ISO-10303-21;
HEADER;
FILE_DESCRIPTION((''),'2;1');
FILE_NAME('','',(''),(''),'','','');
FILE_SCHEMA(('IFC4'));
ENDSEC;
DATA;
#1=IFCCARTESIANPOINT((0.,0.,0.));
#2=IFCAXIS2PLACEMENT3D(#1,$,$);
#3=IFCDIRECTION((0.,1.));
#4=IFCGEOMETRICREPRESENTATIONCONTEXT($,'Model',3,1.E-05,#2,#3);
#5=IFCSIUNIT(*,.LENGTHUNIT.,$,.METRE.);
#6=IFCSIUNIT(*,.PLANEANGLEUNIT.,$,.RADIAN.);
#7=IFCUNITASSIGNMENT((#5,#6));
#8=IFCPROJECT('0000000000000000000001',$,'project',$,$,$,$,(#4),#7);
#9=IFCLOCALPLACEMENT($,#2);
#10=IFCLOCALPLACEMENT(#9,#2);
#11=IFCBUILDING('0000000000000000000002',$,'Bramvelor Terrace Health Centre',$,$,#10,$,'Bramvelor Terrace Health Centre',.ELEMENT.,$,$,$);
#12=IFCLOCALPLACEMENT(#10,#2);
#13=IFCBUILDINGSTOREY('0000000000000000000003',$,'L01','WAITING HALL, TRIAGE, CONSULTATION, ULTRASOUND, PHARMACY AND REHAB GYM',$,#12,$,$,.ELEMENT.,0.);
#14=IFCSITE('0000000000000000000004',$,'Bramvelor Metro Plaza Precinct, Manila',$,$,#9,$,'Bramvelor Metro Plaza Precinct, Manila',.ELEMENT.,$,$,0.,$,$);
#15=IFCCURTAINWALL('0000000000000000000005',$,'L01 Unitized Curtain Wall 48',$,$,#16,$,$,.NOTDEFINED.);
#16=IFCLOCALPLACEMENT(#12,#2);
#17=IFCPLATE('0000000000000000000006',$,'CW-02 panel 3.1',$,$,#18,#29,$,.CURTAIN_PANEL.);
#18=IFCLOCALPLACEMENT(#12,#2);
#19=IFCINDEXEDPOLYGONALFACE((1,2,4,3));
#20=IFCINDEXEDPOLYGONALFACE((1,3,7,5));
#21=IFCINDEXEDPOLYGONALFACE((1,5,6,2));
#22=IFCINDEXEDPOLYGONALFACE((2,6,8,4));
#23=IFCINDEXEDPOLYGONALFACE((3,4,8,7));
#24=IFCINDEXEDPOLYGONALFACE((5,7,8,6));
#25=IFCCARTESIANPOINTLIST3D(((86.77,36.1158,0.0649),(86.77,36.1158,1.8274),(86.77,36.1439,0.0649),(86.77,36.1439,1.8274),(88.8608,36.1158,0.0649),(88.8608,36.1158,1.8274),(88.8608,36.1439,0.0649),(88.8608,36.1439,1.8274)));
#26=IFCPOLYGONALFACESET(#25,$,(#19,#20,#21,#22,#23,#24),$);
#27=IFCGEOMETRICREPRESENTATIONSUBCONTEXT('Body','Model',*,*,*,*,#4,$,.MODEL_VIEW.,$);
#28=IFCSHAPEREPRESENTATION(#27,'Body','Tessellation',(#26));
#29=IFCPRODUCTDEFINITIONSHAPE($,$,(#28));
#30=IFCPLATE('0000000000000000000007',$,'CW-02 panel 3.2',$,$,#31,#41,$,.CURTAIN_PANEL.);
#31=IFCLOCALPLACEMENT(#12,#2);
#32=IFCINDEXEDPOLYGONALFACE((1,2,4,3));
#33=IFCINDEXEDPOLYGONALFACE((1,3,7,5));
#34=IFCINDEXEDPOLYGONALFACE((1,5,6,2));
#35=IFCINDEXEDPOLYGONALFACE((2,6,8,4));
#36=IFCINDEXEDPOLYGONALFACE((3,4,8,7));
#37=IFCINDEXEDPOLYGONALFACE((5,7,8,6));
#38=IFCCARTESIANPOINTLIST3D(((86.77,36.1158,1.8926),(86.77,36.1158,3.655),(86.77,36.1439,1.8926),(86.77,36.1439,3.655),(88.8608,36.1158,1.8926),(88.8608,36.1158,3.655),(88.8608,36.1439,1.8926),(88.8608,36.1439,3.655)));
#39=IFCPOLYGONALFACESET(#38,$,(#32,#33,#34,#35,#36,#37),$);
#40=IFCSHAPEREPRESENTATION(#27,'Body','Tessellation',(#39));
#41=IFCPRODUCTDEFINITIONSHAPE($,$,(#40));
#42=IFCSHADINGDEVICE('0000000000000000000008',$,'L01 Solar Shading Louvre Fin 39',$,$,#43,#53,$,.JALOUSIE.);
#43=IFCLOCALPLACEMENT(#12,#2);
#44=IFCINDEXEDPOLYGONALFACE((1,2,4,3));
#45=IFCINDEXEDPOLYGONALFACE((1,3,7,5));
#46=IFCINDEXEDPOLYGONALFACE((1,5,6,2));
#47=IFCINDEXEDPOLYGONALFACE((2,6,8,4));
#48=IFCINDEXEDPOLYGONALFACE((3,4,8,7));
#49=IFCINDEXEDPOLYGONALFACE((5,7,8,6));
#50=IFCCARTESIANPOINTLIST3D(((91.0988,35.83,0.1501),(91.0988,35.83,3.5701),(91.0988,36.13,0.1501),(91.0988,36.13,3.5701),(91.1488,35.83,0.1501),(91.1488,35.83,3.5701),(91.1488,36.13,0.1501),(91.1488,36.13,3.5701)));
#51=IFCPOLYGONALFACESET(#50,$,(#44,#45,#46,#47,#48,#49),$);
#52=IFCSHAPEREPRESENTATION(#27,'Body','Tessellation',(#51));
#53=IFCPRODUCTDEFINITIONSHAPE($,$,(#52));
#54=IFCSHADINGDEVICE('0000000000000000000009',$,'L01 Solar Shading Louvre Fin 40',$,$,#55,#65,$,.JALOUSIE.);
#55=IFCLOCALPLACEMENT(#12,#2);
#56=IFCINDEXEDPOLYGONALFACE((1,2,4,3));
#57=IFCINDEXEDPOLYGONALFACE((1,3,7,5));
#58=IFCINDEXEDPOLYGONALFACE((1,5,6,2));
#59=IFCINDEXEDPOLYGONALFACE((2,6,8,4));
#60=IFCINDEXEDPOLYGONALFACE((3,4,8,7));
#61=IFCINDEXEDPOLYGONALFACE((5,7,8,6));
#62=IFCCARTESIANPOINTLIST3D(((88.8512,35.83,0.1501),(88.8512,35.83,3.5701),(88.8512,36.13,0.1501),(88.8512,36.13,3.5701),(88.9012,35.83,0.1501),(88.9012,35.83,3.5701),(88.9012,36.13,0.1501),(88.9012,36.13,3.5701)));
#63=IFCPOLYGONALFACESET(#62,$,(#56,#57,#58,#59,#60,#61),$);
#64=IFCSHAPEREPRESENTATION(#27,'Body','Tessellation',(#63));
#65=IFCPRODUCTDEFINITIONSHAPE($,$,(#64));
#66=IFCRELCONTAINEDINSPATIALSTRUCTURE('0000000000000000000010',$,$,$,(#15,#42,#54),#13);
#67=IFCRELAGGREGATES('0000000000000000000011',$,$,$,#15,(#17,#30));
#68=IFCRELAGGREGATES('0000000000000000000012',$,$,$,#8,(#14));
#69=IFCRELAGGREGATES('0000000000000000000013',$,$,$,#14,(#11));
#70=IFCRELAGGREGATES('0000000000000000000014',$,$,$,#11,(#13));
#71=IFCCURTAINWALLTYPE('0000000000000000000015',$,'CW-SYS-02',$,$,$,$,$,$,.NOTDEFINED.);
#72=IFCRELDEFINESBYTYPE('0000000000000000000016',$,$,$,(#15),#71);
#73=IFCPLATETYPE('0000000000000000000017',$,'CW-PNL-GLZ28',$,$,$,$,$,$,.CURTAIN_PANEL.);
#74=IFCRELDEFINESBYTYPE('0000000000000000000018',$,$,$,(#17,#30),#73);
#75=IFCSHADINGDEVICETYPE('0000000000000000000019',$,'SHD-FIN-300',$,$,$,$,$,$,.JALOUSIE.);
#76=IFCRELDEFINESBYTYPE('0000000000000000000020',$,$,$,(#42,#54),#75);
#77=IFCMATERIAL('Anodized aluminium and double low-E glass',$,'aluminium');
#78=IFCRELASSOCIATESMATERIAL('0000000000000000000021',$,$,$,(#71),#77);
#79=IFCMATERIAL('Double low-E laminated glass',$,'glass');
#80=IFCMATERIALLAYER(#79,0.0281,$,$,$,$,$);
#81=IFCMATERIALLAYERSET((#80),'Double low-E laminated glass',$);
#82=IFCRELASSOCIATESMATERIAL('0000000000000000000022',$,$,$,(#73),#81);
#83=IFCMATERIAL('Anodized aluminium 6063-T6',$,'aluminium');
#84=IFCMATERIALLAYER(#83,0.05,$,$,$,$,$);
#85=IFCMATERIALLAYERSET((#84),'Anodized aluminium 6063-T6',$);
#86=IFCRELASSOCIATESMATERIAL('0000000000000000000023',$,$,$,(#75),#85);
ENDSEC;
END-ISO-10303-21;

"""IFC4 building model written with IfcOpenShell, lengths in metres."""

from ifc_helpers import new_model, si_unit, direction, frame, origin, origin_2d, place, context, subcontext, project, spatial, rectangle, extrude, material, layer, layer_set, type_object, element, aggregate, save


model = new_model("IFC4")

# Units and contexts
model_context = context("Model", 3, precision=1e-05, world=origin(), true_north=direction((0.0, 1.0)))
body_context = subcontext(model_context, "Body", "Model", "MODEL_VIEW")
ifc_project = project(units=[si_unit("LENGTHUNIT", "METRE"), si_unit("PLANEANGLEUNIT", "RADIAN")], contexts=[model_context])

# Site, building, storey
site_placement = place(None, origin())
site = spatial("IfcSite", under=ifc_project, at=site_placement, Name="Bramvelor Metro Plaza Precinct, Manila", LongName="Bramvelor Metro Plaza Precinct, Manila", CompositionType="ELEMENT", RefElevation=0.0)
building_placement = place(site_placement, origin())
building = spatial("IfcBuilding", under=site, at=building_placement, Name="Bramvelor Terrace Health Centre", LongName="Bramvelor Terrace Health Centre", CompositionType="ELEMENT")
storey_placement = place(building_placement, origin())
storey = spatial("IfcBuildingStorey", under=building, at=storey_placement, Name="L01", Description="WAITING HALL, TRIAGE, CONSULTATION, ULTRASOUND, PHARMACY AND REHAB GYM", CompositionType="ELEMENT", Elevation=0.0)

# Curtain wall
ifc_material_1 = material(Name="Anodized aluminium and double low-E glass", Category="aluminium")
curtain_wall_type = type_object("IfcCurtainWallType", Name="CW-SYS-02", PredefinedType="NOTDEFINED", material=ifc_material_1)
curtain_wall_1_placement = place(storey_placement, origin())
curtain_wall_1 = element("IfcCurtainWall", 1, at=curtain_wall_1_placement, inside=storey, type_object=curtain_wall_type, Name="L01 Unitized Curtain Wall 48", PredefinedType="NOTDEFINED")

# Plates
ifc_material_2 = material(Name="Double low-E laminated glass", Category="glass")
ifc_layer_1 = layer(ifc_material_2, 0.0281)
ifc_layer_set_1 = layer_set([ifc_layer_1], Name="Double low-E laminated glass")
plate_type = type_object("IfcPlateType", Name="CW-PNL-GLZ28", PredefinedType="CURTAIN_PANEL", material=ifc_layer_set_1)
plate_1_placement = place(storey_placement, frame((87.8154, 36.1299, 0.0649), z_axis=(0.0, 0.0, 1.0), x_axis=(-1.0, 0.0, 0.0)))
plate_1 = element("IfcPlate", 2, at=plate_1_placement, type_object=plate_type, Name="CW-02 panel 3.1", PredefinedType="CURTAIN_PANEL", context=body_context, shape_type="SweptSolid", body=[
    extrude(rectangle(XDim=2.0908, YDim=0.0281, at=origin_2d()), origin(), (0.0, 0.0, 1.0), 1.7625),
])
plate_2_placement = place(storey_placement, frame((87.8154, 36.1299, 1.8926), z_axis=(0.0, 0.0, 1.0), x_axis=(-1.0, 0.0, 0.0)))
plate_2 = element("IfcPlate", 3, at=plate_2_placement, type_object=plate_type, Name="CW-02 panel 3.2", PredefinedType="CURTAIN_PANEL", context=body_context, shape_type="SweptSolid", body=[
    extrude(rectangle(XDim=2.0908, YDim=0.0281, at=origin_2d()), origin(), (0.0, 0.0, 1.0), 1.7625),
])
aggregate(curtain_wall_1, [plate_1, plate_2])

# Shading devices
ifc_material_3 = material(Name="Anodized aluminium 6063-T6", Category="aluminium")
ifc_layer_2 = layer(ifc_material_3, 0.05)
ifc_layer_set_2 = layer_set([ifc_layer_2], Name="Anodized aluminium 6063-T6")
shading_device_type = type_object("IfcShadingDeviceType", Name="SHD-FIN-300", PredefinedType="JALOUSIE", material=ifc_layer_set_2)
for number, where, z_axis, x_axis, name in (
    (4, (91.1238, 35.98, 0.1501), (0.0, 0.0, 1.0), (1.0, 0.0, 0.0), "L01 Solar Shading Louvre Fin 39"),
    (5, (88.8762, 35.98, 0.1501), (0.0, 0.0, 1.0), (1.0, 0.0, 0.0), "L01 Solar Shading Louvre Fin 40"),
):
    element("IfcShadingDevice", number, at=place(storey_placement, frame(where, z_axis=z_axis, x_axis=x_axis)), inside=storey, type_object=shading_device_type, Name=name, PredefinedType="JALOUSIE", context=body_context, shape_type="SweptSolid", body=[
        extrude(rectangle(XDim=0.05, YDim=0.3, at=origin_2d()), origin(), (0.0, 0.0, 1.0), 3.4199),
    ])

save(model, "model.ifc")
